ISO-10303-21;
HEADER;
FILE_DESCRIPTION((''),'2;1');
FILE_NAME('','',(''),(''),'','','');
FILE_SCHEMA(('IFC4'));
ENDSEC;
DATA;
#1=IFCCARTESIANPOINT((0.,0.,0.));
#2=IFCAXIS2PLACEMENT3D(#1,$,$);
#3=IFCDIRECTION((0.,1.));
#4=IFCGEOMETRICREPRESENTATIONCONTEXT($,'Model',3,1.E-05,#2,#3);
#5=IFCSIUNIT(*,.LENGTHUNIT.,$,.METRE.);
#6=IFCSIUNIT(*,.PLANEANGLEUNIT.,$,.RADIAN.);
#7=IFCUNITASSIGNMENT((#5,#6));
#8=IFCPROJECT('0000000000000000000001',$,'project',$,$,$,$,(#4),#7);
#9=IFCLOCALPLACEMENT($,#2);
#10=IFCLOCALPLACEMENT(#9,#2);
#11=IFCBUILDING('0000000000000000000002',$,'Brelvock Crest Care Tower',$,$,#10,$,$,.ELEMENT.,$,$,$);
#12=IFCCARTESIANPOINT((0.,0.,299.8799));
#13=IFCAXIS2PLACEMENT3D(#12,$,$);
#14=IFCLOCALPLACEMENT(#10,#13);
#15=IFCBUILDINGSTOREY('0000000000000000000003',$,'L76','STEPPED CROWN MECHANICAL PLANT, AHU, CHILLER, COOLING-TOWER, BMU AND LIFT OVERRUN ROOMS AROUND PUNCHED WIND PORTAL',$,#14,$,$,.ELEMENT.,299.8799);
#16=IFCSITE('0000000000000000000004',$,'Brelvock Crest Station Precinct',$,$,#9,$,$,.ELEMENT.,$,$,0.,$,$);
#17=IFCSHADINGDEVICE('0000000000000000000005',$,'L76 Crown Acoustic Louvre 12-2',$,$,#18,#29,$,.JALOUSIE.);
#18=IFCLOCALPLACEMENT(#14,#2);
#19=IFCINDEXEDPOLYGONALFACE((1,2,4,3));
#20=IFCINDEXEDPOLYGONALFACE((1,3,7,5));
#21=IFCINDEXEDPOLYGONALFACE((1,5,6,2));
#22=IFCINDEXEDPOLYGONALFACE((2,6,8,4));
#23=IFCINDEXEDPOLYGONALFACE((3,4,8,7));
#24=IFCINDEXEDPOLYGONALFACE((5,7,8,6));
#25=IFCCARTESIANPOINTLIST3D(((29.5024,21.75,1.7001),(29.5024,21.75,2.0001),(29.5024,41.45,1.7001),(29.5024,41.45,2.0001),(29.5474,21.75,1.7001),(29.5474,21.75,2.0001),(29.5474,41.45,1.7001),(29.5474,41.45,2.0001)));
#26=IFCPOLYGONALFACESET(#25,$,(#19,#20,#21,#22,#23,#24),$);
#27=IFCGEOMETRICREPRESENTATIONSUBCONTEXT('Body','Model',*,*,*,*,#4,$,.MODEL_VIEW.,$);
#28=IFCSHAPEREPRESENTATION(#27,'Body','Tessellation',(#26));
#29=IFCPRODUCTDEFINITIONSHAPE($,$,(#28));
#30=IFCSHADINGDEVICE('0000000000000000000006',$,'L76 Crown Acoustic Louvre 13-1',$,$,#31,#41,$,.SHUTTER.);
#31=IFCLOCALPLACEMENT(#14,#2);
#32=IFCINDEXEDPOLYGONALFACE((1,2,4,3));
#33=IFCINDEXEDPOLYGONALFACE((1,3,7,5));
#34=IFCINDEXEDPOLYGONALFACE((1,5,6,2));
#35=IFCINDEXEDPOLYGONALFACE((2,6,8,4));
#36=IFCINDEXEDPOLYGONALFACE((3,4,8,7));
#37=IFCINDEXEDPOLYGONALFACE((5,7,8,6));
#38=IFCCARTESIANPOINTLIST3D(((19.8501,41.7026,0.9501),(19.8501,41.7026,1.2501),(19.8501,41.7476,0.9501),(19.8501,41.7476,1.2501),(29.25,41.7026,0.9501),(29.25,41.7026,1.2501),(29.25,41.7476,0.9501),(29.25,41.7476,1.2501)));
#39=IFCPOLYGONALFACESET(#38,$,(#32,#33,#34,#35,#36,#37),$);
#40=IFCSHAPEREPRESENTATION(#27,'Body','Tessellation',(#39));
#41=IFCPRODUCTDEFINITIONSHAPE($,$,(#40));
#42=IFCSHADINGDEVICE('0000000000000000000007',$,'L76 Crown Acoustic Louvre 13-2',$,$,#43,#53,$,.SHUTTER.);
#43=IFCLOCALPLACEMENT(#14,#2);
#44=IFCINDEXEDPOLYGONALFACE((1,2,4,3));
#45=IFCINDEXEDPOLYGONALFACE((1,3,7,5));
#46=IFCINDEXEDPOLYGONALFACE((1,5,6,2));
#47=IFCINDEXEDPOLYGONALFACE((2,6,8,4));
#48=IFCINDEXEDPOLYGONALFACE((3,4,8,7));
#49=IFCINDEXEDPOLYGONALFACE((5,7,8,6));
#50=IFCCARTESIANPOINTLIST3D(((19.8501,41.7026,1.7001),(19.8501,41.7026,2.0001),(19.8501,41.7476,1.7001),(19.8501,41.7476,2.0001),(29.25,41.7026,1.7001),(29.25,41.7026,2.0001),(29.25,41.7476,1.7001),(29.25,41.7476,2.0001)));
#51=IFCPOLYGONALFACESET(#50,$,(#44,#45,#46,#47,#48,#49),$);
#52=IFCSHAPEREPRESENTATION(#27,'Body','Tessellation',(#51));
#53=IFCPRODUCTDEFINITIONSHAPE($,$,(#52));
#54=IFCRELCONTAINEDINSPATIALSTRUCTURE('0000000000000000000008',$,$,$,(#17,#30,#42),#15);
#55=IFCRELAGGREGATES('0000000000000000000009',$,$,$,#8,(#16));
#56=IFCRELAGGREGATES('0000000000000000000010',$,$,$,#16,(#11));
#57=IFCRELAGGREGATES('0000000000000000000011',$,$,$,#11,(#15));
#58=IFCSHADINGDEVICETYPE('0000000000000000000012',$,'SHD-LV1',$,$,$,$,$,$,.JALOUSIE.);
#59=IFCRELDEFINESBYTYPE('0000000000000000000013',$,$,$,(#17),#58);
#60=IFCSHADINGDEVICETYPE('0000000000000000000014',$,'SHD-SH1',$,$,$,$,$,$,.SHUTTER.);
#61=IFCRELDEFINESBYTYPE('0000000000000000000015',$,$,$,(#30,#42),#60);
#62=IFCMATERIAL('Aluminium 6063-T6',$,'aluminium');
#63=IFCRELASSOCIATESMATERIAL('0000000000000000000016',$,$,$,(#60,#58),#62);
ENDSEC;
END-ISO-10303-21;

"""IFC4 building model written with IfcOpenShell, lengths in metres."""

from ifc_helpers import new_model, si_unit, direction, frame, origin, origin_2d, place, context, subcontext, project, spatial, rectangle, extrude, source, transform, mapped, material, material_profile, profile_set, type_object, element, save


model = new_model("IFC4")

# Units and contexts
model_context = context("Model", 3, precision=1e-05, world=origin(), true_north=direction((0.0, 1.0)))
body_context = subcontext(model_context, "Body", "Model", "MODEL_VIEW")
ifc_project = project(units=[si_unit("LENGTHUNIT", "METRE"), si_unit("PLANEANGLEUNIT", "RADIAN")], contexts=[model_context])

# Site, building, storey
site_placement = place(None, origin())
site = spatial("IfcSite", under=ifc_project, at=site_placement, Name="Brelvock Crest Station Precinct", CompositionType="ELEMENT", RefElevation=0.0)
building_placement = place(site_placement, origin())
building = spatial("IfcBuilding", under=site, at=building_placement, Name="Brelvock Crest Care Tower", CompositionType="ELEMENT")
storey_placement = place(building_placement, frame((0.0, 0.0, 299.8799)))
storey = spatial("IfcBuildingStorey", under=building, at=storey_placement, Name="L76", Description="STEPPED CROWN MECHANICAL PLANT, AHU, CHILLER, COOLING-TOWER, BMU AND LIFT OVERRUN ROOMS AROUND PUNCHED WIND PORTAL", CompositionType="ELEMENT", Elevation=299.8799)

# Shading devices
ifc_material_1 = material(Name="Aluminium 6063-T6", Category="aluminium")
ifc_material_profile_1 = material_profile(ifc_material_1, rectangle(XDim=0.0449, YDim=0.3, at=origin_2d()), Name="LOUVRE45x300")
ifc_profile_set_1 = profile_set([ifc_material_profile_1], Name="Aluminium 6063-T6")
shading_device_type_1 = type_object("IfcShadingDeviceType", Name="SHD-SH1", PredefinedType="SHUTTER", material=ifc_profile_set_1)
ifc_material_profile_2 = material_profile(ifc_material_1, rectangle(XDim=0.0449, YDim=0.3, at=origin_2d()), Name="LOUVRE45x300")
ifc_profile_set_2 = profile_set([ifc_material_profile_2], Name="Aluminium 6063-T6")
shading_device_type_2 = type_object("IfcShadingDeviceType", Name="SHD-LV1", PredefinedType="JALOUSIE", material=ifc_profile_set_2)
shared_shape_1 = source(origin(), body_context, "Body", "SweptSolid", [
    extrude(rectangle(XDim=0.0449, YDim=0.3, at=origin_2d()), origin(), (0.0, 0.0, 1.0), 19.7),
])
for number, where, z_axis, x_axis, name in (
    (1, (29.5249, 21.75, 1.8501), (0.0, 1.0, 0.0), (-1.0, 0.0, 0.0), "L76 Crown Acoustic Louvre 12-2"),
):
    element("IfcShadingDevice", number, at=place(storey_placement, frame(where, z_axis=z_axis, x_axis=x_axis)), inside=storey, type_object=shading_device_type_2, Name=name, PredefinedType="JALOUSIE", context=body_context, shape_type="MappedRepresentation", body=[
        mapped(shared_shape_1, transform((0.0, 0.0, 0.0), x_axis=(1.0, 0.0, 0.0), y_axis=(0.0, 1.0, 0.0), z_axis=(0.0, 0.0, 1.0), scale=1.0)),
    ])
shared_shape_2 = source(origin(), body_context, "Body", "SweptSolid", [
    extrude(rectangle(XDim=0.0449, YDim=0.3, at=origin_2d()), origin(), (0.0, 0.0, 1.0), 9.3999),
])
for number, where, z_axis, x_axis, name in (
    (2, (29.25, 41.7251, 1.1001), (-1.0, 0.0, 0.0), (0.0, -1.0, 0.0), "L76 Crown Acoustic Louvre 13-1"),
    (3, (29.25, 41.7251, 1.8501), (-1.0, 0.0, 0.0), (0.0, -1.0, 0.0), "L76 Crown Acoustic Louvre 13-2"),
):
    element("IfcShadingDevice", number, at=place(storey_placement, frame(where, z_axis=z_axis, x_axis=x_axis)), inside=storey, type_object=shading_device_type_1, Name=name, PredefinedType="SHUTTER", context=body_context, shape_type="MappedRepresentation", body=[
        mapped(shared_shape_2, transform((0.0, 0.0, 0.0), x_axis=(1.0, 0.0, 0.0), y_axis=(0.0, 1.0, 0.0), z_axis=(0.0, 0.0, 1.0), scale=1.0)),
    ])

save(model, "model.ifc")
